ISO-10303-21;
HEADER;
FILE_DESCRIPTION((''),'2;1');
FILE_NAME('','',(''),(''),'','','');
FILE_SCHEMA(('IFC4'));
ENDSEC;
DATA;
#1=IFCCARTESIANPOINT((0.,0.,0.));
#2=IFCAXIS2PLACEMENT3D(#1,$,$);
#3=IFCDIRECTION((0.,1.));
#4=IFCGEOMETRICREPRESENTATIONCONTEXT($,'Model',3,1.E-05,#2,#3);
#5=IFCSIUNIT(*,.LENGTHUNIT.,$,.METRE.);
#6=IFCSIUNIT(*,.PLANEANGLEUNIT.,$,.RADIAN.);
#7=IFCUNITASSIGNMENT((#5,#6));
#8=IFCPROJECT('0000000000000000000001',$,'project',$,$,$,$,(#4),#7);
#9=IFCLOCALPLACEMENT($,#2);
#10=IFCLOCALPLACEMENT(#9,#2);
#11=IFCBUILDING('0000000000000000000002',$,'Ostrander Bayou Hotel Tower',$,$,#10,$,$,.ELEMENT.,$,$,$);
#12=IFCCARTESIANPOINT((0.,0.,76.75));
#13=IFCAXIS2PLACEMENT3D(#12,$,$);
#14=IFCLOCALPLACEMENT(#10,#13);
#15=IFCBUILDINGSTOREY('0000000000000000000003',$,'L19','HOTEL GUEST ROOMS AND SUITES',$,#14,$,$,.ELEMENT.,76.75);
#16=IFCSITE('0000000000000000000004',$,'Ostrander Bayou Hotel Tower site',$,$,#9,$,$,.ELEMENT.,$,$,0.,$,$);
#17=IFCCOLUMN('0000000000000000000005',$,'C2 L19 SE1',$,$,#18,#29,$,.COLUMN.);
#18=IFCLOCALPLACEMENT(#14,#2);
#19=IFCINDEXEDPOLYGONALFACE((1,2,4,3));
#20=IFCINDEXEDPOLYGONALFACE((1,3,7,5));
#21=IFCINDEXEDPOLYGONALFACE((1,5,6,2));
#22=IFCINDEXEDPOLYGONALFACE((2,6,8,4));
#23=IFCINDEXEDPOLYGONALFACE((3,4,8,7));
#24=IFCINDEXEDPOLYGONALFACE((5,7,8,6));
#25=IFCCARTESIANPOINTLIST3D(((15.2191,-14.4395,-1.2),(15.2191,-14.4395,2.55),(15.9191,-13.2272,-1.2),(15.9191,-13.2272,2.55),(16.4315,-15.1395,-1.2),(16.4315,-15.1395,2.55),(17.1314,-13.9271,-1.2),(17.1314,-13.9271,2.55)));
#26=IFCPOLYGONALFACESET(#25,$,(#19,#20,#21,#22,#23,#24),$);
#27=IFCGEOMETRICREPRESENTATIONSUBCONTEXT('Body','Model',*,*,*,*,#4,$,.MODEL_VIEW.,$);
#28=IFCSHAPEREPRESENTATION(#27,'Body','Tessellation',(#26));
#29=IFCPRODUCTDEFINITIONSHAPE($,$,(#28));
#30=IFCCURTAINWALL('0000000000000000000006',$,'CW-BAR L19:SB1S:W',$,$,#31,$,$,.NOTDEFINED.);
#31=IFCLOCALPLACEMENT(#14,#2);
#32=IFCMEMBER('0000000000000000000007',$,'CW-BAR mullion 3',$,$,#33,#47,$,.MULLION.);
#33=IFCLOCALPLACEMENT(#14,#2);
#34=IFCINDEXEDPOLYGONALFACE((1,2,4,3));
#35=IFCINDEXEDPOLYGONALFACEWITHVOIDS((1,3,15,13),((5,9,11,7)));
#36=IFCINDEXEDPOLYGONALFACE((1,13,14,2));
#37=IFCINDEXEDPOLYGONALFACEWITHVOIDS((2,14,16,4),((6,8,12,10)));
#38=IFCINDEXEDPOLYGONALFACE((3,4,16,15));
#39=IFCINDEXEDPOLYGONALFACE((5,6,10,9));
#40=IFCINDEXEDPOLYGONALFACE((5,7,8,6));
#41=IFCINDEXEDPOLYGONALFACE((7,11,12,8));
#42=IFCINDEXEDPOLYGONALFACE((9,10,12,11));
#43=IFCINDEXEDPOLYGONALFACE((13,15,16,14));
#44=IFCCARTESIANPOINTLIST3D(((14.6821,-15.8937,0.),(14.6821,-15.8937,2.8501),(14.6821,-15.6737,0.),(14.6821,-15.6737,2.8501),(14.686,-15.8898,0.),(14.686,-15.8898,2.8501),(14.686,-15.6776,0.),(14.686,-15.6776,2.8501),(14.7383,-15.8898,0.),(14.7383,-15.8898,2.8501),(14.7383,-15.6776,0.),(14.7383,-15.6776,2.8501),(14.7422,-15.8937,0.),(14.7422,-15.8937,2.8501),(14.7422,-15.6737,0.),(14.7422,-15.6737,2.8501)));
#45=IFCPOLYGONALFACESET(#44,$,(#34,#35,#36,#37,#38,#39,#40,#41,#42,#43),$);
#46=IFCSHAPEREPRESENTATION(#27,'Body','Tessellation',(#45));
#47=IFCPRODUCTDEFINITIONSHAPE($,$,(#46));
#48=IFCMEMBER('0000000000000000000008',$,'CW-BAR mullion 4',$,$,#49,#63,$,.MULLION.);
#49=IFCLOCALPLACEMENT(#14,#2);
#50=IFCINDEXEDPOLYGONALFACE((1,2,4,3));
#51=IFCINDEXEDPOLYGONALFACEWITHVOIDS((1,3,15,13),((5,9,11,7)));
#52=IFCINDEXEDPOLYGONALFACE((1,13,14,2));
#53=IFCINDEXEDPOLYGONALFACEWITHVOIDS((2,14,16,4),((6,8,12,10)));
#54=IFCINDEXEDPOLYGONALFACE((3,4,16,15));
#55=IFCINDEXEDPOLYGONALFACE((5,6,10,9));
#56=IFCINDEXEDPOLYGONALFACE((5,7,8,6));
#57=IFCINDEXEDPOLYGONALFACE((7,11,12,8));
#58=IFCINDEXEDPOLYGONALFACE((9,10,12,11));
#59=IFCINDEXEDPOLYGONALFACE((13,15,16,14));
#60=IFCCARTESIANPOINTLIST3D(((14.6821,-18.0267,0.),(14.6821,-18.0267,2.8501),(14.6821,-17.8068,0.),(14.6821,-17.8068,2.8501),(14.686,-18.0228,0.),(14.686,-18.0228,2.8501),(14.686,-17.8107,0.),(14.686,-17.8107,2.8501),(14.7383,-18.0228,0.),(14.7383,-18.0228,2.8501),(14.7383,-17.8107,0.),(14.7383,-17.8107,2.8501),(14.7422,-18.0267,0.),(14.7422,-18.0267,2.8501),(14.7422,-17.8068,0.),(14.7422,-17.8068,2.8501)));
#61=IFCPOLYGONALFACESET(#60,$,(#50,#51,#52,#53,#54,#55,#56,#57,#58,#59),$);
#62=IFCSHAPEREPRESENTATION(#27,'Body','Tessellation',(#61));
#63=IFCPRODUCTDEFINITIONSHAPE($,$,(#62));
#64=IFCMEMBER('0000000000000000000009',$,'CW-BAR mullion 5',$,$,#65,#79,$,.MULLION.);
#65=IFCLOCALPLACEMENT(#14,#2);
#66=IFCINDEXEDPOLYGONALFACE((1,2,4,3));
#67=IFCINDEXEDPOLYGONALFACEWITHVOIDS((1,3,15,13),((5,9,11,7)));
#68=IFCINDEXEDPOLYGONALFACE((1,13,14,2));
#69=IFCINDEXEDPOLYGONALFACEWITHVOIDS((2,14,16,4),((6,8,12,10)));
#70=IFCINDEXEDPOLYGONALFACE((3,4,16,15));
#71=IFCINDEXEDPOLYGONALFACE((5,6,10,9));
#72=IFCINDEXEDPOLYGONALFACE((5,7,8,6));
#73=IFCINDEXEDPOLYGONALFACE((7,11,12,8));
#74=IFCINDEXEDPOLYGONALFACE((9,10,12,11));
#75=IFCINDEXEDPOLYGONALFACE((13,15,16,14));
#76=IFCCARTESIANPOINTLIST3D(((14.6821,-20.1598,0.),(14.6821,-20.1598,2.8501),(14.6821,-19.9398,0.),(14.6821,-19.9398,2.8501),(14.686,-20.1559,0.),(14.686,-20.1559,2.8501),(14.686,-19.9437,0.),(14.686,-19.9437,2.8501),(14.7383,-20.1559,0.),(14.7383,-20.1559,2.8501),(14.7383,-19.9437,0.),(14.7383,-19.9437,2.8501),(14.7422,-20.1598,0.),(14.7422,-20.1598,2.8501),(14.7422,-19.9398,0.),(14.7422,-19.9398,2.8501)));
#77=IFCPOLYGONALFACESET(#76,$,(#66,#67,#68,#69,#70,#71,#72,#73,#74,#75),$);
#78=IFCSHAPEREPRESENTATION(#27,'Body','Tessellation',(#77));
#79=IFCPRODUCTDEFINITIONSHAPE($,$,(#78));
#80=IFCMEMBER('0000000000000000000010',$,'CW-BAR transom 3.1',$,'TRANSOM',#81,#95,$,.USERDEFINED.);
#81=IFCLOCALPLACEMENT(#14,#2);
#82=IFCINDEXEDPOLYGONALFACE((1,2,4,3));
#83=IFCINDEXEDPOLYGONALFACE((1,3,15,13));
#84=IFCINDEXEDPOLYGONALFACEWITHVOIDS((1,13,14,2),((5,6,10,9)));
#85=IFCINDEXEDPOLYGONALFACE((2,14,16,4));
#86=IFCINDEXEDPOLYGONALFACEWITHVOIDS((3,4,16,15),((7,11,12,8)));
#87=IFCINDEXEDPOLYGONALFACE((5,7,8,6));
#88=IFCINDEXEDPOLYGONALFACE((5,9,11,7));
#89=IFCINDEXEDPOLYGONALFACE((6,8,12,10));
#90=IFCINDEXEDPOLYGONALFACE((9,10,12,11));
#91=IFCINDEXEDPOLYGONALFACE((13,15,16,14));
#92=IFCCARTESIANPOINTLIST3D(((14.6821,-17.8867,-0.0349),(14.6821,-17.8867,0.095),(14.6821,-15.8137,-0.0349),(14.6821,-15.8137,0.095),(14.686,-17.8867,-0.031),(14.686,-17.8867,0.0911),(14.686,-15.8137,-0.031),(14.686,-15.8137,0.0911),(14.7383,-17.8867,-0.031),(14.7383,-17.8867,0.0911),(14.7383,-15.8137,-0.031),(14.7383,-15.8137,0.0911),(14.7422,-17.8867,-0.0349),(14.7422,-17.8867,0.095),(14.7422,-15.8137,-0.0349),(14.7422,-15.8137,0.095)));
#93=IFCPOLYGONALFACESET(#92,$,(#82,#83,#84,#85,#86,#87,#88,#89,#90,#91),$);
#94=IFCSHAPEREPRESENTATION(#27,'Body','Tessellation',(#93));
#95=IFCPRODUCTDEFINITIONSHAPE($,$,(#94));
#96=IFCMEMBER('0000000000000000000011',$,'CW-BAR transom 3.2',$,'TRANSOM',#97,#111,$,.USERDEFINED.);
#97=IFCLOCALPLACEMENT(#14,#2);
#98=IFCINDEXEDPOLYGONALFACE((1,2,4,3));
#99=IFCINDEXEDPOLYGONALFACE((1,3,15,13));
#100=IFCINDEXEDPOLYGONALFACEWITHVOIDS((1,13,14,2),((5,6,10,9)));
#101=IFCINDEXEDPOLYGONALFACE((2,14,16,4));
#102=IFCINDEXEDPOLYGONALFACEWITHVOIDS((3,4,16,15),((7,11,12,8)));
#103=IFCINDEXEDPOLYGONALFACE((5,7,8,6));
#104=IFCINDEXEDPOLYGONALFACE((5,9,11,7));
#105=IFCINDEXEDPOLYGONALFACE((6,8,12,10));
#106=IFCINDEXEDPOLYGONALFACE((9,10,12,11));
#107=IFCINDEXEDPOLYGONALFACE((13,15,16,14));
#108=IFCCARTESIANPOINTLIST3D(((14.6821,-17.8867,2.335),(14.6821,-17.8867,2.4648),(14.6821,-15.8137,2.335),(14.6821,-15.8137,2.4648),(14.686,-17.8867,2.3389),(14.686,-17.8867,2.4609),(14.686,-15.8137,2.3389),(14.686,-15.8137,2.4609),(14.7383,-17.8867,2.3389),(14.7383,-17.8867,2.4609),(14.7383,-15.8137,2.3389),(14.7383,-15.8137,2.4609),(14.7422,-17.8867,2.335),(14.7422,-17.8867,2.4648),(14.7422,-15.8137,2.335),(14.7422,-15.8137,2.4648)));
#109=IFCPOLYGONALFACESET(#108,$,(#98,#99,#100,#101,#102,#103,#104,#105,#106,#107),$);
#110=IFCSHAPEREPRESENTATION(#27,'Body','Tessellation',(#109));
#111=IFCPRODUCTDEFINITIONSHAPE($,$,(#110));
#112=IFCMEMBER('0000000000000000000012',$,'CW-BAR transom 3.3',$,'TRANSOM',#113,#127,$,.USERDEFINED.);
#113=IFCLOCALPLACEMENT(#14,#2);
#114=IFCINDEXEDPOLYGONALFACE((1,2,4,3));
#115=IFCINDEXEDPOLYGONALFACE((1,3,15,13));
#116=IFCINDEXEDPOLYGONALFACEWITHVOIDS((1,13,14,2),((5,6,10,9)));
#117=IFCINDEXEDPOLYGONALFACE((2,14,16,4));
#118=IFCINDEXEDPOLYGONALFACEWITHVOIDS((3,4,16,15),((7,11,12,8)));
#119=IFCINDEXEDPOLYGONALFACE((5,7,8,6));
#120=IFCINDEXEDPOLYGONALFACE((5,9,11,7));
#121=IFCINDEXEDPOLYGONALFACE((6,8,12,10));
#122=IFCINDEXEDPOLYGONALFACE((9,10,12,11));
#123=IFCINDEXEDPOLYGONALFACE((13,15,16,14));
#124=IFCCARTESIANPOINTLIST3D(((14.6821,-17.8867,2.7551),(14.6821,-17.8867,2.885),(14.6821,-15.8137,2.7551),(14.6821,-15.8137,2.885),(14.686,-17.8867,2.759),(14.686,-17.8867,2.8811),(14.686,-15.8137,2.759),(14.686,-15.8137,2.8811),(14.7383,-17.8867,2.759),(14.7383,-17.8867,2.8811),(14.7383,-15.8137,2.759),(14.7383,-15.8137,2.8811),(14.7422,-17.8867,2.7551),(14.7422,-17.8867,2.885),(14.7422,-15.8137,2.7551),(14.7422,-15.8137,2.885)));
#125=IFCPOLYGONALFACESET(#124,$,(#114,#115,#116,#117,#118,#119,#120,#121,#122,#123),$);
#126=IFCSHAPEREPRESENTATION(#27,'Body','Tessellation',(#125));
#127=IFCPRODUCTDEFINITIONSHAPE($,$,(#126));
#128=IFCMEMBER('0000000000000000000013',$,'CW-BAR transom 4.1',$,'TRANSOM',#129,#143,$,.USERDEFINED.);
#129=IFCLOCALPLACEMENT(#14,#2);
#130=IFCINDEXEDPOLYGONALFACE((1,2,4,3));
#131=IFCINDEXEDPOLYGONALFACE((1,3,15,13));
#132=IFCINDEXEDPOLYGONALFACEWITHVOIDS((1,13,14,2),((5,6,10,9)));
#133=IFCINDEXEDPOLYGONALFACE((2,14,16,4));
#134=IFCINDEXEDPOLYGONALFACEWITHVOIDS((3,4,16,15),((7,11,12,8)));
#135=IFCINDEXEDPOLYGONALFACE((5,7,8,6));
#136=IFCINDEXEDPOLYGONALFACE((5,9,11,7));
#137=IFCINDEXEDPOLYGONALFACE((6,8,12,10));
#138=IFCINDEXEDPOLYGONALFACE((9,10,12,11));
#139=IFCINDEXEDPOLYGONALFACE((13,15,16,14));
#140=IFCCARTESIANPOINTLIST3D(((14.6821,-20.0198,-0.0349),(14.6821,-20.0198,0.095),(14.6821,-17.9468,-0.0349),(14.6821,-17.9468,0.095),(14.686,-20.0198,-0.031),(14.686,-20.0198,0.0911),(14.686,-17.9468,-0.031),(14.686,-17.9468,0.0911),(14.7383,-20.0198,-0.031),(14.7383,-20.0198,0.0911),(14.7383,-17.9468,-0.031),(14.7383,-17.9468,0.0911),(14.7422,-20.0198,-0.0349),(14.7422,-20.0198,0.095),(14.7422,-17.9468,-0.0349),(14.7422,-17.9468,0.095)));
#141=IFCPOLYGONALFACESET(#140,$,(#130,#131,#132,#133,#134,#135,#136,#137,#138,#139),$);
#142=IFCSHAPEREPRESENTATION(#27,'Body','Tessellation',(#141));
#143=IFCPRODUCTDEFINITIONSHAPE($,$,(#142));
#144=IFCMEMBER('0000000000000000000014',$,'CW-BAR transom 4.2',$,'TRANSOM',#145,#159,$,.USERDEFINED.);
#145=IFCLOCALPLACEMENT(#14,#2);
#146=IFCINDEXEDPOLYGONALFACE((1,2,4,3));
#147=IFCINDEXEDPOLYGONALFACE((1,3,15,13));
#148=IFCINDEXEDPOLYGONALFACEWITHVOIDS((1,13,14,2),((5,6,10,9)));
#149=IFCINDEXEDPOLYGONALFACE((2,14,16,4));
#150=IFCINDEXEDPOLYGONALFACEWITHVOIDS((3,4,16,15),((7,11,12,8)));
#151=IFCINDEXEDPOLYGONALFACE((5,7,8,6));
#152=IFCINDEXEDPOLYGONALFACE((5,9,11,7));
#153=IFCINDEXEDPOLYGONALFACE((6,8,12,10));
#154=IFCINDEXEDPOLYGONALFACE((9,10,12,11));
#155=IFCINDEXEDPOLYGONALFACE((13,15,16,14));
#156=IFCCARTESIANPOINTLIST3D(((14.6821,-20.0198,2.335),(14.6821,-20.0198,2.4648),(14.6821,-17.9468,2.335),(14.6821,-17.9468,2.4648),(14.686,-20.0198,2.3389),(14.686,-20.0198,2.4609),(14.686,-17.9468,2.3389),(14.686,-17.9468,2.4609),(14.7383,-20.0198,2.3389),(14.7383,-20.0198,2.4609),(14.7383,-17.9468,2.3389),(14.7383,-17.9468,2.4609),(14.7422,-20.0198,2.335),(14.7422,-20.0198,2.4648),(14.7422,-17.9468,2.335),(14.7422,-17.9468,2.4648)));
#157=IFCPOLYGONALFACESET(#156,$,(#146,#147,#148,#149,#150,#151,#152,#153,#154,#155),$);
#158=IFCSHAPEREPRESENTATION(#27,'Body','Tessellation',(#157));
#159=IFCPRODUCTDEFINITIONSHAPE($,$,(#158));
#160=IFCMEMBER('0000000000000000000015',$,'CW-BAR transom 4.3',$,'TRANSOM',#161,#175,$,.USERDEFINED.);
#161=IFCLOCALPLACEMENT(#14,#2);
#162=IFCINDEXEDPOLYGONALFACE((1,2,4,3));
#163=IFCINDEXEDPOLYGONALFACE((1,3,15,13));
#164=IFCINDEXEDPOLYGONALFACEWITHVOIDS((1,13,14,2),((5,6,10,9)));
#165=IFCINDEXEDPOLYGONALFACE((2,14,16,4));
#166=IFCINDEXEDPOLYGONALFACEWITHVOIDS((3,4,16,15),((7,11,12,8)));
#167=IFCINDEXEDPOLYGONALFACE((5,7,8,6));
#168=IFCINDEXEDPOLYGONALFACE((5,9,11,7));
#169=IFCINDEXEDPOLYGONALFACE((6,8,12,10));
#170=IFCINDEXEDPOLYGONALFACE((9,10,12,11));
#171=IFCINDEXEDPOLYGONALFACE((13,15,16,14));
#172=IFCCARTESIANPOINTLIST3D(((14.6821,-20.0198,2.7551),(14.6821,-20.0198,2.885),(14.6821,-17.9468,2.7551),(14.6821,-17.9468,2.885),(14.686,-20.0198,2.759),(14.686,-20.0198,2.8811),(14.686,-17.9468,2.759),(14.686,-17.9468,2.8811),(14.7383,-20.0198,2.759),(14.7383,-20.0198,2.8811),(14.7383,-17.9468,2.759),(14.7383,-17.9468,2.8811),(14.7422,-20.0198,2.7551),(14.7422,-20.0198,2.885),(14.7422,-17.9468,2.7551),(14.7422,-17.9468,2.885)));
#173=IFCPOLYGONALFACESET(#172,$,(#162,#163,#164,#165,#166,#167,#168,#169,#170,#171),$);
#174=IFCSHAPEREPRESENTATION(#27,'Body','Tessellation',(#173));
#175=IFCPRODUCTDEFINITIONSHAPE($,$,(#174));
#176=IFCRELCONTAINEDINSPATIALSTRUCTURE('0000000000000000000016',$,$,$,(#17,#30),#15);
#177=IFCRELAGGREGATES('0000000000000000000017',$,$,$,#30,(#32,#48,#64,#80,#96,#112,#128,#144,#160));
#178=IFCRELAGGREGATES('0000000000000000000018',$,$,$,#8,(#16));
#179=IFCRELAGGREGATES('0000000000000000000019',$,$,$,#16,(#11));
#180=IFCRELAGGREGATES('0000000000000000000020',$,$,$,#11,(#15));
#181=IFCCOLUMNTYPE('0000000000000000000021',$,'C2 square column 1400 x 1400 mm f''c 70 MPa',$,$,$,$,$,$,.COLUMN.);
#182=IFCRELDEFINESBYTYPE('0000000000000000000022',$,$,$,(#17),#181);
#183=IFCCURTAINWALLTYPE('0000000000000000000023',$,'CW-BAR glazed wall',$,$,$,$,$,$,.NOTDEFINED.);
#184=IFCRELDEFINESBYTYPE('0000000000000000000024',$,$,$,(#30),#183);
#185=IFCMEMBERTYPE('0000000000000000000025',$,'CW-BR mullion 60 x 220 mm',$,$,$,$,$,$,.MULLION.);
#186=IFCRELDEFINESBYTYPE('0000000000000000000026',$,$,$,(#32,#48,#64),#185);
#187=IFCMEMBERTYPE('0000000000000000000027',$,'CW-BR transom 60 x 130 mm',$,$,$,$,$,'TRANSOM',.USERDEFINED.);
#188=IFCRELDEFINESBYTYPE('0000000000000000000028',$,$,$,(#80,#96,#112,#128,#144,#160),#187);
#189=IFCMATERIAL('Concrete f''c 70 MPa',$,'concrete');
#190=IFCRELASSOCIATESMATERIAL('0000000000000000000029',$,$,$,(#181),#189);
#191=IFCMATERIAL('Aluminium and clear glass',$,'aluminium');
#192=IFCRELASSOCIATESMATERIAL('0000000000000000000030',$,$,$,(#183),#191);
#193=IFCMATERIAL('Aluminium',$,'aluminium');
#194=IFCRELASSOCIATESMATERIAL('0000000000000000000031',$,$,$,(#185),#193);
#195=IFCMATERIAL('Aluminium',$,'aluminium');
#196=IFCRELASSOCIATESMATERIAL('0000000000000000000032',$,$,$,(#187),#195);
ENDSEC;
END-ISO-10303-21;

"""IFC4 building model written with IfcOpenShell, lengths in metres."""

from ifc_helpers import new_model, si_unit, direction, frame, origin, origin_2d, place, context, subcontext, project, spatial, rectangle, hollow_rectangle, extrude, material, material_profile, profile_set, type_object, element, aggregate, save


model = new_model("IFC4")

# Units and contexts
model_context = context("Model", 3, precision=1e-05, world=origin(), true_north=direction((0.0, 1.0)))
body_context = subcontext(model_context, "Body", "Model", "MODEL_VIEW")
ifc_project = project(units=[si_unit("LENGTHUNIT", "METRE"), si_unit("PLANEANGLEUNIT", "RADIAN")], contexts=[model_context])

# Site, building, storey
site_placement = place(None, origin())
site = spatial("IfcSite", under=ifc_project, at=site_placement, Name="Ostrander Bayou Hotel Tower site", CompositionType="ELEMENT", RefElevation=0.0)
building_placement = place(site_placement, origin())
building = spatial("IfcBuilding", under=site, at=building_placement, Name="Ostrander Bayou Hotel Tower", CompositionType="ELEMENT")
storey_placement = place(building_placement, frame((0.0, 0.0, 76.75)))
storey = spatial("IfcBuildingStorey", under=building, at=storey_placement, Name="L19", Description="HOTEL GUEST ROOMS AND SUITES", CompositionType="ELEMENT", Elevation=76.75)

# Column
ifc_material_1 = material(Name="Concrete f'c 70 MPa", Category="concrete")
ifc_material_profile_1 = material_profile(ifc_material_1, rectangle(XDim=1.3999, YDim=1.3999, at=origin_2d()))
ifc_profile_set_1 = profile_set([ifc_material_profile_1], Name="Concrete f'c 70 MPa")
column_type = type_object("IfcColumnType", Name="C2 square column 1400 x 1400 mm f'c 70 MPa", PredefinedType="COLUMN", material=ifc_profile_set_1)
column_placement = place(storey_placement, frame((16.1753, -14.1833, -1.2), z_axis=(0.0, 0.0, 1.0), x_axis=(-0.5, -0.866025, 0.0)))
element("IfcColumn", 1, at=column_placement, inside=storey, type_object=column_type, Name="C2 L19 SE1", PredefinedType="COLUMN", context=body_context, shape_type="SweptSolid", body=[
    extrude(rectangle(XDim=1.3999, YDim=1.3999, at=origin_2d()), origin(), (0.0, 0.0, 1.0), 3.75),
])

# Curtain wall, members
ifc_material_2 = material(Name="Aluminium and clear glass", Category="aluminium")
curtain_wall_type = type_object("IfcCurtainWallType", Name="CW-BAR glazed wall", PredefinedType="NOTDEFINED", material=ifc_material_2)
curtain_wall_placement = place(storey_placement, origin())
curtain_wall = element("IfcCurtainWall", 2, at=curtain_wall_placement, inside=storey, type_object=curtain_wall_type, Name="CW-BAR L19:SB1S:W", PredefinedType="NOTDEFINED")
ifc_material_3 = material(Name="Aluminium", Category="aluminium")
ifc_material_profile_2 = material_profile(ifc_material_3, hollow_rectangle(XDim=0.0601, YDim=0.22, WallThickness=0.0039, at=origin_2d()))
ifc_profile_set_2 = profile_set([ifc_material_profile_2], Name="Aluminium")
member_type_1 = type_object("IfcMemberType", Name="CW-BR mullion 60 x 220 mm", PredefinedType="MULLION", material=ifc_profile_set_2)
member_1_placement = place(storey_placement, frame((14.7122, -15.7837, 0.0), z_axis=(0.0, 0.0, 1.0), x_axis=(1.0, 0.0, 0.0)))
member_1 = element("IfcMember", 3, at=member_1_placement, type_object=member_type_1, Name="CW-BAR mullion 3", PredefinedType="MULLION", context=body_context, shape_type="SweptSolid", body=[
    extrude(hollow_rectangle(XDim=0.0601, YDim=0.22, WallThickness=0.0039, at=origin_2d()), origin(), (0.0, 0.0, 1.0), 2.8501),
])
member_2_placement = place(storey_placement, frame((14.7122, -17.9167, 0.0), z_axis=(0.0, 0.0, 1.0), x_axis=(1.0, 0.0, 0.0)))
member_2 = element("IfcMember", 4, at=member_2_placement, type_object=member_type_1, Name="CW-BAR mullion 4", PredefinedType="MULLION", context=body_context, shape_type="SweptSolid", body=[
    extrude(hollow_rectangle(XDim=0.0601, YDim=0.22, WallThickness=0.0039, at=origin_2d()), origin(), (0.0, 0.0, 1.0), 2.8501),
])
member_3_placement = place(storey_placement, frame((14.7122, -20.0498, 0.0), z_axis=(0.0, 0.0, 1.0), x_axis=(1.0, 0.0, 0.0)))
member_3 = element("IfcMember", 5, at=member_3_placement, type_object=member_type_1, Name="CW-BAR mullion 5", PredefinedType="MULLION", context=body_context, shape_type="SweptSolid", body=[
    extrude(hollow_rectangle(XDim=0.0601, YDim=0.22, WallThickness=0.0039, at=origin_2d()), origin(), (0.0, 0.0, 1.0), 2.8501),
])
ifc_material_4 = material(Name="Aluminium", Category="aluminium")
ifc_material_profile_3 = material_profile(ifc_material_4, hollow_rectangle(XDim=0.0601, YDim=0.1299, WallThickness=0.0039, at=origin_2d()))
ifc_profile_set_3 = profile_set([ifc_material_profile_3], Name="Aluminium")
member_type_2 = type_object("IfcMemberType", Name="CW-BR transom 60 x 130 mm", ElementType="TRANSOM", PredefinedType="USERDEFINED", material=ifc_profile_set_3)
member_4_placement = place(storey_placement, frame((14.7122, -15.8137, 0.03), z_axis=(0.0, -1.0, 0.0), x_axis=(1.0, 0.0, 0.0)))
member_4 = element("IfcMember", 6, at=member_4_placement, type_object=member_type_2, Name="CW-BAR transom 3.1", ObjectType="TRANSOM", PredefinedType="USERDEFINED", context=body_context, shape_type="SweptSolid", body=[
    extrude(hollow_rectangle(XDim=0.0601, YDim=0.1299, WallThickness=0.0039, at=origin_2d()), origin(), (0.0, 0.0, 1.0), 2.073),
])
member_5_placement = place(storey_placement, frame((14.7122, -15.8137, 2.3999), z_axis=(0.0, -1.0, 0.0), x_axis=(1.0, 0.0, 0.0)))
member_5 = element("IfcMember", 7, at=member_5_placement, type_object=member_type_2, Name="CW-BAR transom 3.2", ObjectType="TRANSOM", PredefinedType="USERDEFINED", context=body_context, shape_type="SweptSolid", body=[
    extrude(hollow_rectangle(XDim=0.0601, YDim=0.1299, WallThickness=0.0039, at=origin_2d()), origin(), (0.0, 0.0, 1.0), 2.073),
])
member_6_placement = place(storey_placement, frame((14.7122, -15.8137, 2.8201), z_axis=(0.0, -1.0, 0.0), x_axis=(1.0, 0.0, 0.0)))
member_6 = element("IfcMember", 8, at=member_6_placement, type_object=member_type_2, Name="CW-BAR transom 3.3", ObjectType="TRANSOM", PredefinedType="USERDEFINED", context=body_context, shape_type="SweptSolid", body=[
    extrude(hollow_rectangle(XDim=0.0601, YDim=0.1299, WallThickness=0.0039, at=origin_2d()), origin(), (0.0, 0.0, 1.0), 2.073),
])
member_7_placement = place(storey_placement, frame((14.7122, -17.9468, 0.03), z_axis=(0.0, -1.0, 0.0), x_axis=(1.0, 0.0, 0.0)))
member_7 = element("IfcMember", 9, at=member_7_placement, type_object=member_type_2, Name="CW-BAR transom 4.1", ObjectType="TRANSOM", PredefinedType="USERDEFINED", context=body_context, shape_type="SweptSolid", body=[
    extrude(hollow_rectangle(XDim=0.0601, YDim=0.1299, WallThickness=0.0039, at=origin_2d()), origin(), (0.0, 0.0, 1.0), 2.073),
])
member_8_placement = place(storey_placement, frame((14.7122, -17.9468, 2.3999), z_axis=(0.0, -1.0, 0.0), x_axis=(1.0, 0.0, 0.0)))
member_8 = element("IfcMember", 10, at=member_8_placement, type_object=member_type_2, Name="CW-BAR transom 4.2", ObjectType="TRANSOM", PredefinedType="USERDEFINED", context=body_context, shape_type="SweptSolid", body=[
    extrude(hollow_rectangle(XDim=0.0601, YDim=0.1299, WallThickness=0.0039, at=origin_2d()), origin(), (0.0, 0.0, 1.0), 2.073),
])
member_9_placement = place(storey_placement, frame((14.7122, -17.9468, 2.8201), z_axis=(0.0, -1.0, 0.0), x_axis=(1.0, 0.0, 0.0)))
member_9 = element("IfcMember", 11, at=member_9_placement, type_object=member_type_2, Name="CW-BAR transom 4.3", ObjectType="TRANSOM", PredefinedType="USERDEFINED", context=body_context, shape_type="SweptSolid", body=[
    extrude(hollow_rectangle(XDim=0.0601, YDim=0.1299, WallThickness=0.0039, at=origin_2d()), origin(), (0.0, 0.0, 1.0), 2.073),
])

aggregate(curtain_wall, [member_1, member_2, member_3, member_4, member_5, member_6, member_7, member_8, member_9])

save(model, "model.ifc")
